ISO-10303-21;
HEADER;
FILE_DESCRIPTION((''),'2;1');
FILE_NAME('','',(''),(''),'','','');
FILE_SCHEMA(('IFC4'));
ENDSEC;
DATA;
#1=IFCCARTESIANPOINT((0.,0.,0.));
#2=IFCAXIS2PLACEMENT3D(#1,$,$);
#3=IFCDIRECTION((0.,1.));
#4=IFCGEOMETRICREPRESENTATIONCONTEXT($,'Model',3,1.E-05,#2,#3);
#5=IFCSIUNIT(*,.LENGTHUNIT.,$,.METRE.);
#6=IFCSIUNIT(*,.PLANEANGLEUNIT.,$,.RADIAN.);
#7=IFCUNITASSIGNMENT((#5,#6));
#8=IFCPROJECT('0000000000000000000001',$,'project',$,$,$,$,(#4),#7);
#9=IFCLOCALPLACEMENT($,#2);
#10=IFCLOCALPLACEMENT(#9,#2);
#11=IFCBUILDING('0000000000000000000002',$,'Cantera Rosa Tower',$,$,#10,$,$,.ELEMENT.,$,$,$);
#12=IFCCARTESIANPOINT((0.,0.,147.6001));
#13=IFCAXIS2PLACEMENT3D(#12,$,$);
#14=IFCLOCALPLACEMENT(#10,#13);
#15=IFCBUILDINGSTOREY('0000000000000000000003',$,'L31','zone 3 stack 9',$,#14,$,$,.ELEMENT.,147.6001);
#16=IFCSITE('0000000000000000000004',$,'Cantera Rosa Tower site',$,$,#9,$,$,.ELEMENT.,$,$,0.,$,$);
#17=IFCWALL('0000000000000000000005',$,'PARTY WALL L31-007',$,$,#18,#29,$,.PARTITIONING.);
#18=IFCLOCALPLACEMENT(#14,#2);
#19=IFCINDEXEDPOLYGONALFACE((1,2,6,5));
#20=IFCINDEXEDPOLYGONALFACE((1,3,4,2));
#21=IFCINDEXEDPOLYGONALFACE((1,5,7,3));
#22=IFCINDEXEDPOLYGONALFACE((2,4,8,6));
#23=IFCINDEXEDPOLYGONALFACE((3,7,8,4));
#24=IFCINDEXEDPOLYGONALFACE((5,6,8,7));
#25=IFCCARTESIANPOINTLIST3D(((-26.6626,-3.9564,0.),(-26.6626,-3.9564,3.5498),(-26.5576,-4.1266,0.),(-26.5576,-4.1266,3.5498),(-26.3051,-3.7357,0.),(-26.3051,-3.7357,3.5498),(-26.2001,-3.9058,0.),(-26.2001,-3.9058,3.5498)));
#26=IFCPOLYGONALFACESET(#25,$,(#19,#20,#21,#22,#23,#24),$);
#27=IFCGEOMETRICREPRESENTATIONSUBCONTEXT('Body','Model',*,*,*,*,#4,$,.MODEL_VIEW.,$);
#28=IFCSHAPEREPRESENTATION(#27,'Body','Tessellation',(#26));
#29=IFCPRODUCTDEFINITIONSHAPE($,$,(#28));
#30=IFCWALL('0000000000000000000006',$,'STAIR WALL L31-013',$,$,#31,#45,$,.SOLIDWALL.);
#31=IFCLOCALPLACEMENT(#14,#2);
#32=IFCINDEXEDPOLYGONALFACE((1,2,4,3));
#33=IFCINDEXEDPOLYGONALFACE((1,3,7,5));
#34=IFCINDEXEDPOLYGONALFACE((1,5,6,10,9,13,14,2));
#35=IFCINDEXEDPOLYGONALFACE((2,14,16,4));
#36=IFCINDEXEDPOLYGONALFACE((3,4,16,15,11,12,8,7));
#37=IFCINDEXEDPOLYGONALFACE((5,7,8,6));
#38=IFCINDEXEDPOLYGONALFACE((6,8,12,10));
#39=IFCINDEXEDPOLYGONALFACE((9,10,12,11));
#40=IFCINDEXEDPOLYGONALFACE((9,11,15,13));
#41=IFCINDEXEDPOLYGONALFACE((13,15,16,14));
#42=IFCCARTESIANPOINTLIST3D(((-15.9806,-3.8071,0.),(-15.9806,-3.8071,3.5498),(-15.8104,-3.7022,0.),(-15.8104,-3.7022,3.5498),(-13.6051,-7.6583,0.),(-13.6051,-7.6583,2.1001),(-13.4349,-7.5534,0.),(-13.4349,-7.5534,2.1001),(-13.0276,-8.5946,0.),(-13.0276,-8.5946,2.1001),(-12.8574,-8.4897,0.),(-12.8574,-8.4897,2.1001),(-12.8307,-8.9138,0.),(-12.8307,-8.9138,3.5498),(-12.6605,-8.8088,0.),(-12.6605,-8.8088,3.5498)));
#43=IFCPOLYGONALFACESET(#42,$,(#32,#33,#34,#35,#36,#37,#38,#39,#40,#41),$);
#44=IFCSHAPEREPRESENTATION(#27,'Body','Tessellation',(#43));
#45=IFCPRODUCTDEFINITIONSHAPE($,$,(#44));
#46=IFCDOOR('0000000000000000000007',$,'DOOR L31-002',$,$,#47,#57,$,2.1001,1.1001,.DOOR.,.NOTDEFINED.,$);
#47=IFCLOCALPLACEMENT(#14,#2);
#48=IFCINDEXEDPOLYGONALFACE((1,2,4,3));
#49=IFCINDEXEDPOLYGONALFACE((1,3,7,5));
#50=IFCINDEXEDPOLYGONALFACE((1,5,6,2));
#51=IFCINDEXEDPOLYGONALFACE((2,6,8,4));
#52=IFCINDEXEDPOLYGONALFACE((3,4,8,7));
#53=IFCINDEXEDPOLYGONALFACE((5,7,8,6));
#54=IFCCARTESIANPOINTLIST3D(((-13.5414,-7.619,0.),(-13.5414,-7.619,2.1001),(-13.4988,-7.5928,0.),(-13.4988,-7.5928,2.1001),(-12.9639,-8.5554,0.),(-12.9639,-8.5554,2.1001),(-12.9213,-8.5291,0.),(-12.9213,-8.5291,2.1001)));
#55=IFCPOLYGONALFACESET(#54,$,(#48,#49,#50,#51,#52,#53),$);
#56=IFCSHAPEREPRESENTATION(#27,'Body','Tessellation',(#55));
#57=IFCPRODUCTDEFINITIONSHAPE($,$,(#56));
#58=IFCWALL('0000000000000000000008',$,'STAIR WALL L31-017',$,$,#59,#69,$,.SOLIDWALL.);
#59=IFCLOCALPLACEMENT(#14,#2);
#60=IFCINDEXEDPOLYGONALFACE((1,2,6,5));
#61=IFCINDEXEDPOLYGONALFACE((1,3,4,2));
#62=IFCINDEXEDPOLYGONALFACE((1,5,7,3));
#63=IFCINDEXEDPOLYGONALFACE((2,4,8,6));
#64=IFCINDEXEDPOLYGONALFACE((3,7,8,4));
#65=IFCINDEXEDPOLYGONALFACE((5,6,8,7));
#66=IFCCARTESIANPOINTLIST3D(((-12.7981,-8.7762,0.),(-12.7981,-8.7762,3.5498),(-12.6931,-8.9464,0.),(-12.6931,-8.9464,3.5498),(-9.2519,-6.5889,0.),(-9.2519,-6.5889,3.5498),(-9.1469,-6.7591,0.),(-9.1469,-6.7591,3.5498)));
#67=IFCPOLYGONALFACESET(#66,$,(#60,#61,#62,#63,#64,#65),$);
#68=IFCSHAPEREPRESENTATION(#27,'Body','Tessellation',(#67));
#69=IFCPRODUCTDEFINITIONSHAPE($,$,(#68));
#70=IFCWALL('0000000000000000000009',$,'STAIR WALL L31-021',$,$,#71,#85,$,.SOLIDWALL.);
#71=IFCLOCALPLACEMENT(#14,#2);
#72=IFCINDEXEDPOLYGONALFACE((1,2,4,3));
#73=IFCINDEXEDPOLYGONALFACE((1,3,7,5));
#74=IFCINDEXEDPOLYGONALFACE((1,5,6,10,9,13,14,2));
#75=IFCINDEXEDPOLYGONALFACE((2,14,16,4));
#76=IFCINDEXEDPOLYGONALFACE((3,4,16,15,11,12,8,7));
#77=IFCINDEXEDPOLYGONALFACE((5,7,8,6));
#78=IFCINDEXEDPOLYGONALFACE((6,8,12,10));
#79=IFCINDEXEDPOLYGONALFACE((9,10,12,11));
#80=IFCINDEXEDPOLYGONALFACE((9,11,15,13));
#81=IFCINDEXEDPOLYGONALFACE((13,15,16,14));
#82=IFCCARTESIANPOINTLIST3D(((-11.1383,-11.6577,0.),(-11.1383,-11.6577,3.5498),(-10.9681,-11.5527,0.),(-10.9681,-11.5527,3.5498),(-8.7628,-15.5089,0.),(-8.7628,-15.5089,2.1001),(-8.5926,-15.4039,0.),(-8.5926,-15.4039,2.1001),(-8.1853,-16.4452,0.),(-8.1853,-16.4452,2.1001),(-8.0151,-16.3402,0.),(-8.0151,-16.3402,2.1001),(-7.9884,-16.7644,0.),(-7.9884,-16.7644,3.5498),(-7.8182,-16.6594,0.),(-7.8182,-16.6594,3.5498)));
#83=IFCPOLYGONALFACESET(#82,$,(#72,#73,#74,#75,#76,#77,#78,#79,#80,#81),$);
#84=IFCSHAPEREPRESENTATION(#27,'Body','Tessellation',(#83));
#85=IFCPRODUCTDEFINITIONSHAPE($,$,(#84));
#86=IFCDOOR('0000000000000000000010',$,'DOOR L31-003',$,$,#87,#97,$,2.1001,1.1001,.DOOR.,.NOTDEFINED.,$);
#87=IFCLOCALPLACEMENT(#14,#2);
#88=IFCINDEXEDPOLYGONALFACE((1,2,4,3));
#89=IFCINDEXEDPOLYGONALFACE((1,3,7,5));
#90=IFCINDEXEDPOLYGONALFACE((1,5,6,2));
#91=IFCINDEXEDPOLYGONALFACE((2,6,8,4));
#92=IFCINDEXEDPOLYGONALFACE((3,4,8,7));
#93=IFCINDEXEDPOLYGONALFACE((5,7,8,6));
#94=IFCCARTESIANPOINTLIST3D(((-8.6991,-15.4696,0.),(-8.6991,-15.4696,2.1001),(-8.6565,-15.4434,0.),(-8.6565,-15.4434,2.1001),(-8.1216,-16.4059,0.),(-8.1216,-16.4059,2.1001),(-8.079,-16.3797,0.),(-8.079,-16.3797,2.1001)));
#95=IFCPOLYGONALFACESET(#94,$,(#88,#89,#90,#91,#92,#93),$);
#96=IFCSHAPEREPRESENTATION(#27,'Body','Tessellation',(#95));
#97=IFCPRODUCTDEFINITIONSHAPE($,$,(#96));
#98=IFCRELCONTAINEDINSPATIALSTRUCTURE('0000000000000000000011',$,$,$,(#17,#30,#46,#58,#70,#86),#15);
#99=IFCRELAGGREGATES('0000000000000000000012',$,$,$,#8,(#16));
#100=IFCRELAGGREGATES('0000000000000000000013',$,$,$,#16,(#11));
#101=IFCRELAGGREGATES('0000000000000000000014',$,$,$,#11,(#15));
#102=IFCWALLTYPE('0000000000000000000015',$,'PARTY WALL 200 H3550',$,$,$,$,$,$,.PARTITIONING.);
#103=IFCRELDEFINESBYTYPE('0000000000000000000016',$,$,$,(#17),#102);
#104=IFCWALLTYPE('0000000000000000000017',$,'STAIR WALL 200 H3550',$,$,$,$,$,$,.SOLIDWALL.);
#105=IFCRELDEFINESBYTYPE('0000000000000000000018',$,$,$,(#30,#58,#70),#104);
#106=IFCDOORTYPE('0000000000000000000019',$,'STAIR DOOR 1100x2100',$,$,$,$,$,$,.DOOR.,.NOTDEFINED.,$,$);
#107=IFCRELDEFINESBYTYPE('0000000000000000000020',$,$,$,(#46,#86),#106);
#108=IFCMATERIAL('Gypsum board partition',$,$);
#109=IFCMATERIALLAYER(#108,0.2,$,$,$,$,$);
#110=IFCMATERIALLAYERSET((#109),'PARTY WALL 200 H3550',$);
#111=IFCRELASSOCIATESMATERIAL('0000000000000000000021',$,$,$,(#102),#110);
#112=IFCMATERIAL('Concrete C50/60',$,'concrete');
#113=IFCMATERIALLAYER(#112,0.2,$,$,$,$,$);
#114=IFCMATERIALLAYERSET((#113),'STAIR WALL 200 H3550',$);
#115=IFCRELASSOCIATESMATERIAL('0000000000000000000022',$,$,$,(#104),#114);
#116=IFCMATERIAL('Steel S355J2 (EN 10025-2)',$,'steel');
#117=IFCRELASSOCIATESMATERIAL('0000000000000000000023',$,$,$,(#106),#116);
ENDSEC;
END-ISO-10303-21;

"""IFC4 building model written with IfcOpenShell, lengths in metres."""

from ifc_helpers import new_model, si_unit, direction, frame, frame_2d, origin, place, context, subcontext, project, spatial, rectangle, extrude, material, layer, layer_set, type_object, element, fill, save


model = new_model("IFC4")

# Units and contexts
model_context = context("Model", 3, precision=1e-05, world=origin(), true_north=direction((0.0, 1.0)))
body_context = subcontext(model_context, "Body", "Model", "MODEL_VIEW")
ifc_project = project(units=[si_unit("LENGTHUNIT", "METRE"), si_unit("PLANEANGLEUNIT", "RADIAN")], contexts=[model_context])

# Site, building, storey
site_placement = place(None, origin())
site = spatial("IfcSite", under=ifc_project, at=site_placement, Name="Cantera Rosa Tower site", CompositionType="ELEMENT", RefElevation=0.0)
building_placement = place(site_placement, origin())
building = spatial("IfcBuilding", under=site, at=building_placement, Name="Cantera Rosa Tower", CompositionType="ELEMENT")
storey_placement = place(building_placement, frame((0.0, 0.0, 147.6001)))
storey = spatial("IfcBuildingStorey", under=building, at=storey_placement, Name="L31", Description="zone 3 stack 9", CompositionType="ELEMENT", Elevation=147.6001)

# Wall
ifc_material_1 = material(Name="Gypsum board partition")
ifc_layer_1 = layer(ifc_material_1, 0.2)
ifc_layer_set_1 = layer_set([ifc_layer_1], Name="PARTY WALL 200 H3550")
wall_type_1 = type_object("IfcWallType", Name="PARTY WALL 200 H3550", PredefinedType="PARTITIONING", material=ifc_layer_set_1)
wall_1_placement = place(storey_placement, frame((-26.2527, -3.8208, 0.0), z_axis=(0.0, 0.0, 1.0), x_axis=(-0.850859, -0.525394, 0.0)))
element("IfcWall", 1, at=wall_1_placement, inside=storey, type_object=wall_type_1, Name="PARTY WALL L31-007", PredefinedType="PARTITIONING", context=body_context, shape_type="SweptSolid", body=[
    extrude(rectangle(XDim=0.4202, YDim=0.2, at=frame_2d((0.21, 0.0))), origin(), (0.0, 0.0, 1.0), 3.5498),
])

# Wall, opening, door
ifc_material_2 = material(Name="Concrete C50/60", Category="concrete")
ifc_layer_2 = layer(ifc_material_2, 0.2)
ifc_layer_set_2 = layer_set([ifc_layer_2], Name="STAIR WALL 200 H3550")
wall_type_2 = type_object("IfcWallType", Name="STAIR WALL 200 H3550", PredefinedType="SOLIDWALL", material=ifc_layer_set_2)
wall_2_placement = place(storey_placement, frame((-15.8955, -3.7546, 0.0), z_axis=(0.0, 0.0, 1.0), x_axis=(0.524983, -0.851113, 0.0)))
wall_2 = element("IfcWall", 2, at=wall_2_placement, inside=storey, type_object=wall_type_2, Name="STAIR WALL L31-013", PredefinedType="SOLIDWALL", context=body_context, shape_type="SweptSolid", body=[
    extrude(rectangle(XDim=6.0, YDim=0.2, at=frame_2d((3.0, 0.0))), origin(), (0.0, 0.0, 1.0), 3.5498),
])
opening_1_placement = place(wall_2_placement, frame((4.5249, 0.0, 0.0)))
opening_1 = element("IfcOpeningElement", 3, at=opening_1_placement, cuts=wall_2, PredefinedType="OPENING", context=body_context, shape_type="SweptSolid", body=[
    extrude(rectangle(XDim=1.1001, YDim=2.1001, at=frame_2d((0.55, 1.05))), frame((0.0, 0.1099, 0.0), z_axis=(0.0, -1.0, 0.0), x_axis=(1.0, 0.0, 0.0)), (0.0, 0.0, 1.0), 0.22),
])
ifc_material_3 = material(Name="Steel S355J2 (EN 10025-2)", Category="steel")
door_type_1 = type_object("IfcDoorType", Name="STAIR DOOR 1100x2100", OperationType="NOTDEFINED", PredefinedType="DOOR", material=ifc_material_3)
door_1_placement = place(opening_1_placement, origin())
door_1 = element("IfcDoor", 4, at=door_1_placement, inside=storey, type_object=door_type_1, Name="DOOR L31-002", OperationType="NOTDEFINED", OverallHeight=2.1001, OverallWidth=1.1001, PredefinedType="DOOR", context=body_context, shape_type="SweptSolid", body=[
    extrude(rectangle(XDim=1.1001, YDim=2.1001, at=frame_2d((0.55, 1.05))), frame((0.0, 0.0249, 0.0), z_axis=(0.0, -1.0, 0.0), x_axis=(1.0, 0.0, 0.0)), (0.0, 0.0, 1.0), 0.05),
])
fill(opening_1, door_1)

# Wall
wall_3_placement = place(storey_placement, frame((-12.7456, -8.8613, 0.0), z_axis=(0.0, 0.0, 1.0), x_axis=(0.851121, 0.52497, 0.0)))
element("IfcWall", 5, at=wall_3_placement, inside=storey, type_object=wall_type_2, Name="STAIR WALL L31-017", PredefinedType="SOLIDWALL", context=body_context, shape_type="SweptSolid", body=[
    extrude(rectangle(XDim=4.1665, YDim=0.2, at=frame_2d((2.0833, 0.0))), origin(), (0.0, 0.0, 1.0), 3.5498),
])

# Wall, opening, door
wall_4_placement = place(storey_placement, frame((-11.0532, -11.6052, 0.0), z_axis=(0.0, 0.0, 1.0), x_axis=(0.524983, -0.851113, 0.0)))
wall_4 = element("IfcWall", 6, at=wall_4_placement, inside=storey, type_object=wall_type_2, Name="STAIR WALL L31-021", PredefinedType="SOLIDWALL", context=body_context, shape_type="SweptSolid", body=[
    extrude(rectangle(XDim=6.0, YDim=0.2, at=frame_2d((3.0, 0.0))), origin(), (0.0, 0.0, 1.0), 3.5498),
])
opening_2_placement = place(wall_4_placement, frame((4.5249, 0.0, 0.0)))
opening_2 = element("IfcOpeningElement", 7, at=opening_2_placement, cuts=wall_4, PredefinedType="OPENING", context=body_context, shape_type="SweptSolid", body=[
    extrude(rectangle(XDim=1.1001, YDim=2.1001, at=frame_2d((0.55, 1.05))), frame((0.0, 0.1099, 0.0), z_axis=(0.0, -1.0, 0.0), x_axis=(1.0, 0.0, 0.0)), (0.0, 0.0, 1.0), 0.22),
])
door_2_placement = place(opening_2_placement, origin())
door_2 = element("IfcDoor", 8, at=door_2_placement, inside=storey, type_object=door_type_1, Name="DOOR L31-003", OperationType="NOTDEFINED", OverallHeight=2.1001, OverallWidth=1.1001, PredefinedType="DOOR", context=body_context, shape_type="SweptSolid", body=[
    extrude(rectangle(XDim=1.1001, YDim=2.1001, at=frame_2d((0.55, 1.05))), frame((0.0, 0.0249, 0.0), z_axis=(0.0, -1.0, 0.0), x_axis=(1.0, 0.0, 0.0)), (0.0, 0.0, 1.0), 0.05),
])
fill(opening_2, door_2)

save(model, "model.ifc")
